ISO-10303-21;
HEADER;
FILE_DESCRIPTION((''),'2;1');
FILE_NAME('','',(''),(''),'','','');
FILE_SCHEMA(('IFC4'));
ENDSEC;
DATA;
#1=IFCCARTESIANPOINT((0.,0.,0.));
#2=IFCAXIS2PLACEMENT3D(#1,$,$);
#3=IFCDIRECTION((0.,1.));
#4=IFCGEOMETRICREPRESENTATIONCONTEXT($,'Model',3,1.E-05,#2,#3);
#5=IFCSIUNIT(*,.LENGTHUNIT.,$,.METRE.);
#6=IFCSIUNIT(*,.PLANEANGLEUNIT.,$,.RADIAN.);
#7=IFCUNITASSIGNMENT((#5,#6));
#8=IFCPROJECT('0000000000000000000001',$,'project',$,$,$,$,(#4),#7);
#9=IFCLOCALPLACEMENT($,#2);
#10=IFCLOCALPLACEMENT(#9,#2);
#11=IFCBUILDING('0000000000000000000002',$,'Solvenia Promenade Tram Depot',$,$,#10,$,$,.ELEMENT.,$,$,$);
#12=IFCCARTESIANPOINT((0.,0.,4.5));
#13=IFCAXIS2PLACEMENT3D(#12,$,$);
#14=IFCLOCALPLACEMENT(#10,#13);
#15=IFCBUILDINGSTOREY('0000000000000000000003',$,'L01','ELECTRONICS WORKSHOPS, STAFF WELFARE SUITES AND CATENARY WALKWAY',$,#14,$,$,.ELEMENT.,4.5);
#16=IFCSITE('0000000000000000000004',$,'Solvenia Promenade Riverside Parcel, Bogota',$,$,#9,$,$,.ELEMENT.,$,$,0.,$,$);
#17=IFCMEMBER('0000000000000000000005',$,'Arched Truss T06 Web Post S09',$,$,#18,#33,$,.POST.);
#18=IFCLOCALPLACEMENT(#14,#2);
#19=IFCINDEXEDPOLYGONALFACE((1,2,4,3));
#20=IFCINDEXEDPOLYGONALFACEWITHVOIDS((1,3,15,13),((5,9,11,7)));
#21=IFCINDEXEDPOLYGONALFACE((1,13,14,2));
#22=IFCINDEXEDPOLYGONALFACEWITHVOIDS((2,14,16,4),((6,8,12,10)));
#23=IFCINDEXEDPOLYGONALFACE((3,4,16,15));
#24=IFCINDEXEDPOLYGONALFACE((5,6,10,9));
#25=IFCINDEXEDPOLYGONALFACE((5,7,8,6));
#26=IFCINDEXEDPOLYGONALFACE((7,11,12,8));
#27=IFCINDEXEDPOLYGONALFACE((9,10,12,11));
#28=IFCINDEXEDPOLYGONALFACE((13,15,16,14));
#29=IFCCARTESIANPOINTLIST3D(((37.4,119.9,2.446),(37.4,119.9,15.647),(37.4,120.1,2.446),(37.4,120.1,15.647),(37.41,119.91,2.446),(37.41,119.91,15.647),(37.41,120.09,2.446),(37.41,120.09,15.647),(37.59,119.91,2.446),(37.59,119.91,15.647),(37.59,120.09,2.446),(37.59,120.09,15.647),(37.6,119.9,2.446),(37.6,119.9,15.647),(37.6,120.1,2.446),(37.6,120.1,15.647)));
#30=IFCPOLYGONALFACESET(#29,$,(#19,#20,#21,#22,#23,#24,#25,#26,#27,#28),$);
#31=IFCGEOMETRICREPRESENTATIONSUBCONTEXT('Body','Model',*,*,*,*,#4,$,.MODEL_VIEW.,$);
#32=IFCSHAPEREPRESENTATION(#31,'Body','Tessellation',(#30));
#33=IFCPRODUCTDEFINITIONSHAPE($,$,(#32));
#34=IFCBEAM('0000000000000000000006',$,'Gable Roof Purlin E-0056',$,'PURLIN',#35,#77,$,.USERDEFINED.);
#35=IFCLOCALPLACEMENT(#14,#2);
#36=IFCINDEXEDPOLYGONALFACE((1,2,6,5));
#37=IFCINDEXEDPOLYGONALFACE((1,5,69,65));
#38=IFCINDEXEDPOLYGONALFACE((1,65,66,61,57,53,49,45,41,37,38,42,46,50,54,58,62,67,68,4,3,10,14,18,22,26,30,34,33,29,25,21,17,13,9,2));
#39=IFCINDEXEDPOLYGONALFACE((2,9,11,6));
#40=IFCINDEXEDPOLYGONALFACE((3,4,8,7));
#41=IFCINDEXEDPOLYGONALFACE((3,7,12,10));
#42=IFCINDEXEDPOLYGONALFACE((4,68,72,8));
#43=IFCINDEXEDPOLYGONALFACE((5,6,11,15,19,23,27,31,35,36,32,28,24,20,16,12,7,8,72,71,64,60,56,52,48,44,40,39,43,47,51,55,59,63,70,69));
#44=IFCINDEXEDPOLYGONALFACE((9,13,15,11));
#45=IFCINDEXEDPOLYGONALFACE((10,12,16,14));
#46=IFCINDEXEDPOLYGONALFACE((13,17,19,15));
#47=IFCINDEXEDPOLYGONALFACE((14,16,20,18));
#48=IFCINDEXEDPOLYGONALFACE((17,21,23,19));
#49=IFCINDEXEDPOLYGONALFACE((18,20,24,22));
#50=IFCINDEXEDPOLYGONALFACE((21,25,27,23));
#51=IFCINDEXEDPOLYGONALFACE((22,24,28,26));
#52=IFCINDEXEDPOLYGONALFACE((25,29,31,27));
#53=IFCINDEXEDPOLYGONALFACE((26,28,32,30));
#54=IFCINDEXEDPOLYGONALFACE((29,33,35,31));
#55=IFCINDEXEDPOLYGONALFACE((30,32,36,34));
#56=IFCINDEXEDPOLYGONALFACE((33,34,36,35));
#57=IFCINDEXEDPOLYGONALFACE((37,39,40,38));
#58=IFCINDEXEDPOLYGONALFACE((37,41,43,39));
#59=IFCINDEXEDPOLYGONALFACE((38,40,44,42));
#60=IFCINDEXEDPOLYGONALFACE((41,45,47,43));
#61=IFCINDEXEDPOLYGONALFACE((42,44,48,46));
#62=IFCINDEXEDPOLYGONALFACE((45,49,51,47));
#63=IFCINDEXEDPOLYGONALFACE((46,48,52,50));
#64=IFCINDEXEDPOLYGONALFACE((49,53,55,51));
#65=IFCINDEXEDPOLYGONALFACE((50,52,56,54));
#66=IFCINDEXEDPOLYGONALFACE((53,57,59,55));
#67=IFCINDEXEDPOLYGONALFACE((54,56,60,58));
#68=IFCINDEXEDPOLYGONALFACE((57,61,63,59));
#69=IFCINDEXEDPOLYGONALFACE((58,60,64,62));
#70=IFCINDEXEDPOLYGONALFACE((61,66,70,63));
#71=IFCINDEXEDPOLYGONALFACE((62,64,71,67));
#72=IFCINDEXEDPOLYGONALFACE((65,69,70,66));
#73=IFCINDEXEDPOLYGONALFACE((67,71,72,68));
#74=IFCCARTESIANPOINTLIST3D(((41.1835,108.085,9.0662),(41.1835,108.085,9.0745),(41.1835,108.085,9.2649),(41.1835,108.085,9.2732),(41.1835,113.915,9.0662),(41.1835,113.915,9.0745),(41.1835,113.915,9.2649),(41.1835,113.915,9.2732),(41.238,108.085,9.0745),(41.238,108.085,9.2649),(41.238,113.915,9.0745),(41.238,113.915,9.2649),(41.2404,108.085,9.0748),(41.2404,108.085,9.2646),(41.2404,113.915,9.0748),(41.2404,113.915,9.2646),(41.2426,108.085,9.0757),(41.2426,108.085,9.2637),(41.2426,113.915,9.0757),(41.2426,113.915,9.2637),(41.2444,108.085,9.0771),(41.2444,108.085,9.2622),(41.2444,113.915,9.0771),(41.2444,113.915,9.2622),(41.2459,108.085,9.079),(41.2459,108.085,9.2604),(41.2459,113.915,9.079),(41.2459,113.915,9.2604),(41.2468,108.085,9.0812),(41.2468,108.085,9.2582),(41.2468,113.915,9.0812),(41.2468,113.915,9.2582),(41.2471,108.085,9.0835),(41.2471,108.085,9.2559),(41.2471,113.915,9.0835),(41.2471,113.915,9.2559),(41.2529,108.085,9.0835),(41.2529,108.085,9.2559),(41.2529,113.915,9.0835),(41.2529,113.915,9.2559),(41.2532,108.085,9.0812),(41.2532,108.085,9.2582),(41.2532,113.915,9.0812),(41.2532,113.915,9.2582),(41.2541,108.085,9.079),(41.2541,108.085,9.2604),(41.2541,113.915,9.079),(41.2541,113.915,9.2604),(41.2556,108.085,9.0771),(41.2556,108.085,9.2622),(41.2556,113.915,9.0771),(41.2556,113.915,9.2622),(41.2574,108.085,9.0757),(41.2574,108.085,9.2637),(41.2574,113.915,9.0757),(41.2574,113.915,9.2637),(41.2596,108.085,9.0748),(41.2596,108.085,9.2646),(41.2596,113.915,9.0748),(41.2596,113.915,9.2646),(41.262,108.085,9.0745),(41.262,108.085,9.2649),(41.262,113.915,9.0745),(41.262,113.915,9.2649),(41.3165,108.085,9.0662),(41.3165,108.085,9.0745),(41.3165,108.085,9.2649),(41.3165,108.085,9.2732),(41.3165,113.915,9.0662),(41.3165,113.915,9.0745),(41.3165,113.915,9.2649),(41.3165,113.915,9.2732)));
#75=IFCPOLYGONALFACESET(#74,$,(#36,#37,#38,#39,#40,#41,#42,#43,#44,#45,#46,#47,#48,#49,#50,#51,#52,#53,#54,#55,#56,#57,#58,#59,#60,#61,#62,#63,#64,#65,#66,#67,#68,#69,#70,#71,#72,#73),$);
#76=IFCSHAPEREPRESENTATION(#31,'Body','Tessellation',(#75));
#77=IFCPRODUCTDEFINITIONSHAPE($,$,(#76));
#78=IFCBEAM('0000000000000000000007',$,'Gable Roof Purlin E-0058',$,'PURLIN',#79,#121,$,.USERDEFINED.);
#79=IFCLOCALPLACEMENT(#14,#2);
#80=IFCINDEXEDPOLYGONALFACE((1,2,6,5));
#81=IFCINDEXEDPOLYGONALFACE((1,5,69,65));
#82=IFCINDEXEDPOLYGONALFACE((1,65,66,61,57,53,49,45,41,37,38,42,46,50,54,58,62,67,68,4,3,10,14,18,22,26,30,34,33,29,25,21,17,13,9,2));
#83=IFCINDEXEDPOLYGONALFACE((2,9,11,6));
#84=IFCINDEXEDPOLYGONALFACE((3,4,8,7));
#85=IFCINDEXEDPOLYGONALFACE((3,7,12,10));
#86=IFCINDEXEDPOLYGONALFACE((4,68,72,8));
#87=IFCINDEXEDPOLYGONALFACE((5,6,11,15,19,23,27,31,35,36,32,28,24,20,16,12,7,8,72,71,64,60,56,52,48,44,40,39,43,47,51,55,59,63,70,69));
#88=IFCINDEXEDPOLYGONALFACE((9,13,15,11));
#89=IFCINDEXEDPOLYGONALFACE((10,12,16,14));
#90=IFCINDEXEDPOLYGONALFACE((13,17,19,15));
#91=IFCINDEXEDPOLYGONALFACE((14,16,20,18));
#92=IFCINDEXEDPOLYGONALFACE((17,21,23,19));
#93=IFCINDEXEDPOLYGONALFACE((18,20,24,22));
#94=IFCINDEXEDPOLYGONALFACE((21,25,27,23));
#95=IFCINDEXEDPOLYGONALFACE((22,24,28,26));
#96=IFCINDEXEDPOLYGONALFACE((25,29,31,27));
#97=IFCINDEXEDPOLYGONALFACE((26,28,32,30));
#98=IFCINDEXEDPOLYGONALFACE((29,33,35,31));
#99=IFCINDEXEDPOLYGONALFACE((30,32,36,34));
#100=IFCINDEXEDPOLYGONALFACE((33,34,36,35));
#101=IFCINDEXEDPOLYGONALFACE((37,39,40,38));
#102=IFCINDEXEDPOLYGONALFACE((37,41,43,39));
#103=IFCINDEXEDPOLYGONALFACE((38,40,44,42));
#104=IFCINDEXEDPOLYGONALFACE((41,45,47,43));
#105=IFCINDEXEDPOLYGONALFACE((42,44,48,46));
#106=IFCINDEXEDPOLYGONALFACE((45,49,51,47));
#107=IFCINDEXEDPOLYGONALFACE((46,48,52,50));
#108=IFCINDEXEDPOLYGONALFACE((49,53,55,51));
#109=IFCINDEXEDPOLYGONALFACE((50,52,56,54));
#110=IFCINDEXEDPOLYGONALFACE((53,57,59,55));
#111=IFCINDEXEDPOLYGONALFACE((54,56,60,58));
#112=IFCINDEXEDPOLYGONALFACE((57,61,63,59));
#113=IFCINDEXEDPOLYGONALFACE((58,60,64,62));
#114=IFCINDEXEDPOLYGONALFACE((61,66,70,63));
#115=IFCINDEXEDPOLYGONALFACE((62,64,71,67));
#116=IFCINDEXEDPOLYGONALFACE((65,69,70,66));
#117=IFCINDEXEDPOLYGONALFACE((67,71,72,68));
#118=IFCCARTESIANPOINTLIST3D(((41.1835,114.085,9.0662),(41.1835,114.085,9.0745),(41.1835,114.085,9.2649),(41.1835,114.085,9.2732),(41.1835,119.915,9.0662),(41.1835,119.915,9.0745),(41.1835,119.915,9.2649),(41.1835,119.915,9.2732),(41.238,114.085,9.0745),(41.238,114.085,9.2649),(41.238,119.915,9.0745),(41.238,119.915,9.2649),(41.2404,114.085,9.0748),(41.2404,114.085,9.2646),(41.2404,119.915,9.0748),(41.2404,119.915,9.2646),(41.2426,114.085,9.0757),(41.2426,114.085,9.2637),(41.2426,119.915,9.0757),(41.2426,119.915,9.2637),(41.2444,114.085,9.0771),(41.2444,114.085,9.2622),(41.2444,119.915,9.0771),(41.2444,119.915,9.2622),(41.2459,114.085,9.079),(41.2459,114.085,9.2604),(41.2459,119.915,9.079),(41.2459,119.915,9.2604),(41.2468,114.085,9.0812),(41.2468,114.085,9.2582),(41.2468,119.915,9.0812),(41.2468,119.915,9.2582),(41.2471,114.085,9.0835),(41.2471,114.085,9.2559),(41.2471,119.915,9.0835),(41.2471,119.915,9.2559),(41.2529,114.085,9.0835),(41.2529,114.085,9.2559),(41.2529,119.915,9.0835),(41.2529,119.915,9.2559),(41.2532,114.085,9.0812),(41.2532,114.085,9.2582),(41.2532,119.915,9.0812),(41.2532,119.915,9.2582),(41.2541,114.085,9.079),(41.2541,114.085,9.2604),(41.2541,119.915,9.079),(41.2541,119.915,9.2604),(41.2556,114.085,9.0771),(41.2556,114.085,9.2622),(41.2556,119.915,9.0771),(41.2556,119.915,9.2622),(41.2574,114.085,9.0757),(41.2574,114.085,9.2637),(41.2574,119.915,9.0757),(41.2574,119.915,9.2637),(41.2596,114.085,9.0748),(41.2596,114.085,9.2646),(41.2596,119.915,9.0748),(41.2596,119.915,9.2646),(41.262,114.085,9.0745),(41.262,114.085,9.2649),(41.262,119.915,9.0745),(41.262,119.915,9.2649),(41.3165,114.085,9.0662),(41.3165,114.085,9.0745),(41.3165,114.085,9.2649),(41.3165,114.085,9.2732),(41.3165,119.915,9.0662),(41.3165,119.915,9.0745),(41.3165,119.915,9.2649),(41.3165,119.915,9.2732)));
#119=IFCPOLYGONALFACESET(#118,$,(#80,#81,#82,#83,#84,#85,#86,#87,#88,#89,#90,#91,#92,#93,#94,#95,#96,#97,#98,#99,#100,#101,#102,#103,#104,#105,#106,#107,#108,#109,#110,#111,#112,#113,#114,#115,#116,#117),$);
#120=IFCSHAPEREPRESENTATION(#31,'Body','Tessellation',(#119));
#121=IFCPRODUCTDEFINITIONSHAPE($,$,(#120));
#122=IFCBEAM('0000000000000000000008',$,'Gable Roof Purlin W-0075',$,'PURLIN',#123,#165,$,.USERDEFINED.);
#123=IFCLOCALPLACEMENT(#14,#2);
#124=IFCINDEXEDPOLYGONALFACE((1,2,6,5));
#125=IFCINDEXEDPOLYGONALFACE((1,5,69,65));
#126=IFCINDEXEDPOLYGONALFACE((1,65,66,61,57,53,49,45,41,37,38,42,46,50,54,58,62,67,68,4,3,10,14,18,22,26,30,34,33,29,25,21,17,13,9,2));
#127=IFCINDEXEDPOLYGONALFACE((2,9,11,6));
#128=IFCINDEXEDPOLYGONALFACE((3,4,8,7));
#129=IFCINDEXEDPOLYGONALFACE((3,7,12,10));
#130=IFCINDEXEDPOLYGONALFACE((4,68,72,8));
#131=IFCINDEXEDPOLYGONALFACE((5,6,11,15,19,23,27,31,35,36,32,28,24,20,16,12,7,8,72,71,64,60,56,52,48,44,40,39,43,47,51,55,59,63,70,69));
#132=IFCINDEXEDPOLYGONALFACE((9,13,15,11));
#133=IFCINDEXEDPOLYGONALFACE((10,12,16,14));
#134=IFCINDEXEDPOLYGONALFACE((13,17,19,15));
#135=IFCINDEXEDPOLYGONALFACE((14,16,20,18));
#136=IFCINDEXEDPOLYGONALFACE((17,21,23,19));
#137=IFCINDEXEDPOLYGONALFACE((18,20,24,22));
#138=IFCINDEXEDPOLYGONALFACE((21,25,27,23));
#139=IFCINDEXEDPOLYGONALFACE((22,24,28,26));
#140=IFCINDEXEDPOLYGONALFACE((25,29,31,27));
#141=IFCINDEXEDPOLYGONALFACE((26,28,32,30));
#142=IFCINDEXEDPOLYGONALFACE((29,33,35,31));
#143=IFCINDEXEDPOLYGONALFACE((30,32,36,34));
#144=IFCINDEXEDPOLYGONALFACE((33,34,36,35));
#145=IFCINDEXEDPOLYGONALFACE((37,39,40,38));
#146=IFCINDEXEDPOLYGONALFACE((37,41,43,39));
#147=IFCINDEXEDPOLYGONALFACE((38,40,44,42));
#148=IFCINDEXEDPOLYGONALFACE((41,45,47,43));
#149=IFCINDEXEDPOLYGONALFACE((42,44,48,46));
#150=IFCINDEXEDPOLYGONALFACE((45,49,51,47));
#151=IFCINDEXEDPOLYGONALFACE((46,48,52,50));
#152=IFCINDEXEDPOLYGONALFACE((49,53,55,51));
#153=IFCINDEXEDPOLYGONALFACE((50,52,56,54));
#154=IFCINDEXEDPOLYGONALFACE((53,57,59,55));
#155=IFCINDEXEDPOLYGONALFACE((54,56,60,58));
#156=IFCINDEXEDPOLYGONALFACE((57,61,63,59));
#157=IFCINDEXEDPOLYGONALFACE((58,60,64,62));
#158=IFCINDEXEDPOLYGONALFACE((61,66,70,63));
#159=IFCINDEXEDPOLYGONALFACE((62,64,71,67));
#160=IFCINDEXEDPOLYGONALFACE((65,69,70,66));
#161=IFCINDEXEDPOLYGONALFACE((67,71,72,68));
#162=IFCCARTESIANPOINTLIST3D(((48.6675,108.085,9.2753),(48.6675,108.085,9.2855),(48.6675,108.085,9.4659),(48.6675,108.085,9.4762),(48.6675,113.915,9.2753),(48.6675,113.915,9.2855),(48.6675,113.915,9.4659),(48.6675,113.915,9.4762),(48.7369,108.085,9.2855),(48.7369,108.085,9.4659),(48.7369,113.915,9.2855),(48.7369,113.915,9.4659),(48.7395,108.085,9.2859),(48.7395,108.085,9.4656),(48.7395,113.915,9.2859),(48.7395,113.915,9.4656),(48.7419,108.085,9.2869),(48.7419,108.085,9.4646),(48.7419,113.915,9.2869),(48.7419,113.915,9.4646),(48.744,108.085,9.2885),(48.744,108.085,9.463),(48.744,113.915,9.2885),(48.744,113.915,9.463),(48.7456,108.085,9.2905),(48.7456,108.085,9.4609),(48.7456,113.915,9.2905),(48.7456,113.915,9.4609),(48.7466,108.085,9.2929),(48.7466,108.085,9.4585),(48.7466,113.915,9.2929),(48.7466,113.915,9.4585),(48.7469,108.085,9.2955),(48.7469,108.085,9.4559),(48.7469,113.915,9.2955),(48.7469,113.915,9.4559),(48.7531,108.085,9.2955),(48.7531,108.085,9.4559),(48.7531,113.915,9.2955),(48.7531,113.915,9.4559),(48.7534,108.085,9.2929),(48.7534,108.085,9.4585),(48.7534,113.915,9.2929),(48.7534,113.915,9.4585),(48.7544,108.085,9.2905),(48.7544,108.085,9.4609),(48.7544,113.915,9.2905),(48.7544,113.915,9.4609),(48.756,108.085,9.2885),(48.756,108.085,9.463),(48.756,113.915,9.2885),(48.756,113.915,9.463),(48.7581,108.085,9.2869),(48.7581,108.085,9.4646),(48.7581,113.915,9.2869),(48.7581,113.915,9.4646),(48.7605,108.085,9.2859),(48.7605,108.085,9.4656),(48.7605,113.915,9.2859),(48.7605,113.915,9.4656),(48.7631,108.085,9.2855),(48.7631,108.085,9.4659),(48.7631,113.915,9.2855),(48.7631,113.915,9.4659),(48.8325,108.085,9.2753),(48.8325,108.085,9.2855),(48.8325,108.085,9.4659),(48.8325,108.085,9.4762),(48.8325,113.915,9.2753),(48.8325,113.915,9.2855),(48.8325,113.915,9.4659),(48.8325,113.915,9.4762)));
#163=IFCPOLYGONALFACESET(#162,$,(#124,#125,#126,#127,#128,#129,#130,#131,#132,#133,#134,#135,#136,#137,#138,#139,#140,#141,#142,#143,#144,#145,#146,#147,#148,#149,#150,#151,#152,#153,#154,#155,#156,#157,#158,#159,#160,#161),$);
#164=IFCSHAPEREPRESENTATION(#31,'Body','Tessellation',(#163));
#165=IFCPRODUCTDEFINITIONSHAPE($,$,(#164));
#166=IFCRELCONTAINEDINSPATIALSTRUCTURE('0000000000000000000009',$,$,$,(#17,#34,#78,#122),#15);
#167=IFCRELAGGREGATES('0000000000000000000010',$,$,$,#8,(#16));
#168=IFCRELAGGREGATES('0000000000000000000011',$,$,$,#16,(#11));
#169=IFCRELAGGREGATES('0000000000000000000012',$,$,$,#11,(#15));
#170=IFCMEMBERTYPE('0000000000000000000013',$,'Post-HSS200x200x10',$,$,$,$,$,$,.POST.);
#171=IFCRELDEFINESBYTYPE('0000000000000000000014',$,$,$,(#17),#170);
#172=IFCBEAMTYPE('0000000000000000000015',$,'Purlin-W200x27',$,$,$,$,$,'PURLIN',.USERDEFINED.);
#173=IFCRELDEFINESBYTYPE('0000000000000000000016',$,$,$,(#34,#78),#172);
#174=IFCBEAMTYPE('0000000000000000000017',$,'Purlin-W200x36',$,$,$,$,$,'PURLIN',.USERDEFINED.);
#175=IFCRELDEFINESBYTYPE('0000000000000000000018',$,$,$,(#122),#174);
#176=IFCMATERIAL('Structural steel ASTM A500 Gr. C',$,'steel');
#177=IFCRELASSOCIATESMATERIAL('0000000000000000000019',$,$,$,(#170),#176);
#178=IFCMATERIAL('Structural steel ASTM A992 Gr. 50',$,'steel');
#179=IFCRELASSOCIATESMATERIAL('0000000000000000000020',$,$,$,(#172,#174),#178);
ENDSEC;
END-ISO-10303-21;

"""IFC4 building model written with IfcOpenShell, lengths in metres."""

from ifc_helpers import new_model, si_unit, direction, frame, origin, origin_2d, place, context, subcontext, project, spatial, hollow_rectangle, i_section, extrude, material, material_profile, profile_set, type_object, element, save


model = new_model("IFC4")

# Units and contexts
model_context = context("Model", 3, precision=1e-05, world=origin(), true_north=direction((0.0, 1.0)))
body_context = subcontext(model_context, "Body", "Model", "MODEL_VIEW")
ifc_project = project(units=[si_unit("LENGTHUNIT", "METRE"), si_unit("PLANEANGLEUNIT", "RADIAN")], contexts=[model_context])

# Site, building, storey
site_placement = place(None, origin())
site = spatial("IfcSite", under=ifc_project, at=site_placement, Name="Solvenia Promenade Riverside Parcel, Bogota", CompositionType="ELEMENT", RefElevation=0.0)
building_placement = place(site_placement, origin())
building = spatial("IfcBuilding", under=site, at=building_placement, Name="Solvenia Promenade Tram Depot", CompositionType="ELEMENT")
storey_placement = place(building_placement, frame((0.0, 0.0, 4.5)))
storey = spatial("IfcBuildingStorey", under=building, at=storey_placement, Name="L01", Description="ELECTRONICS WORKSHOPS, STAFF WELFARE SUITES AND CATENARY WALKWAY", CompositionType="ELEMENT", Elevation=4.5)

# Member
ifc_material_1 = material(Name="Structural steel ASTM A500 Gr. C", Category="steel")
ifc_material_profile_1 = material_profile(ifc_material_1, hollow_rectangle(XDim=0.2, YDim=0.2, WallThickness=0.01, at=origin_2d()), Name="HSS200x200x10", Category="steel")
ifc_profile_set_1 = profile_set([ifc_material_profile_1], Name="Structural steel ASTM A500 Gr. C")
member_type_1 = type_object("IfcMemberType", Name="Post-HSS200x200x10", PredefinedType="POST", material=ifc_profile_set_1)
member_1_placement = place(storey_placement, frame((37.5, 120.0, 2.446), z_axis=(0.0, 0.0, 1.0), x_axis=(1.0, 0.0, 0.0)))
element("IfcMember", 1, at=member_1_placement, inside=storey, type_object=member_type_1, Name="Arched Truss T06 Web Post S09", PredefinedType="POST", context=body_context, shape_type="SweptSolid", body=[
    extrude(hollow_rectangle(XDim=0.2, YDim=0.2, WallThickness=0.01, at=origin_2d()), origin(), (0.0, 0.0, 1.0), 13.2009),
])

# Beams
ifc_material_2 = material(Name="Structural steel ASTM A992 Gr. 50", Category="steel")
ifc_material_profile_2 = material_profile(ifc_material_2, i_section(OverallWidth=0.1331, OverallDepth=0.207, WebThickness=0.0059, FlangeThickness=0.0083, FilletRadius=0.009, at=origin_2d()), Name="W200x27", Category="steel")
ifc_profile_set_2 = profile_set([ifc_material_profile_2], Name="Structural steel ASTM A992 Gr. 50")
beam_type_1 = type_object("IfcBeamType", Name="Purlin-W200x27", ElementType="PURLIN", PredefinedType="USERDEFINED", material=ifc_profile_set_2)
for number, where, z_axis, x_axis, name in (
    (2, (41.25, 108.085, 9.1697), (0.0, 1.0, 0.0), (-1.0, 0.0, 0.0), "Gable Roof Purlin E-0056"),
    (3, (41.25, 114.085, 9.1697), (0.0, 1.0, 0.0), (-1.0, 0.0, 0.0), "Gable Roof Purlin E-0058"),
):
    element("IfcBeam", number, at=place(storey_placement, frame(where, z_axis=z_axis, x_axis=x_axis)), inside=storey, type_object=beam_type_1, Name=name, ObjectType="PURLIN", PredefinedType="USERDEFINED", context=body_context, shape_type="SweptSolid", body=[
        extrude(i_section(OverallWidth=0.1331, OverallDepth=0.207, WebThickness=0.0059, FlangeThickness=0.0083, FilletRadius=0.009, at=origin_2d()), origin(), (0.0, 0.0, 1.0), 5.8301),
    ])
ifc_material_profile_3 = material_profile(ifc_material_2, i_section(OverallWidth=0.165, OverallDepth=0.2009, WebThickness=0.0061, FlangeThickness=0.0103, FilletRadius=0.01, at=origin_2d()), Name="W200x36", Category="steel")
ifc_profile_set_3 = profile_set([ifc_material_profile_3], Name="Structural steel ASTM A992 Gr. 50")
beam_type_2 = type_object("IfcBeamType", Name="Purlin-W200x36", ElementType="PURLIN", PredefinedType="USERDEFINED", material=ifc_profile_set_3)
for number, where, z_axis, x_axis, name in (
    (4, (48.75, 108.085, 9.3757), (0.0, 1.0, 0.0), (-1.0, 0.0, 0.0), "Gable Roof Purlin W-0075"),
):
    element("IfcBeam", number, at=place(storey_placement, frame(where, z_axis=z_axis, x_axis=x_axis)), inside=storey, type_object=beam_type_2, Name=name, ObjectType="PURLIN", PredefinedType="USERDEFINED", context=body_context, shape_type="SweptSolid", body=[
        extrude(i_section(OverallWidth=0.165, OverallDepth=0.2009, WebThickness=0.0061, FlangeThickness=0.0103, FilletRadius=0.01, at=origin_2d()), origin(), (0.0, 0.0, 1.0), 5.8301),
    ])

save(model, "model.ifc")
